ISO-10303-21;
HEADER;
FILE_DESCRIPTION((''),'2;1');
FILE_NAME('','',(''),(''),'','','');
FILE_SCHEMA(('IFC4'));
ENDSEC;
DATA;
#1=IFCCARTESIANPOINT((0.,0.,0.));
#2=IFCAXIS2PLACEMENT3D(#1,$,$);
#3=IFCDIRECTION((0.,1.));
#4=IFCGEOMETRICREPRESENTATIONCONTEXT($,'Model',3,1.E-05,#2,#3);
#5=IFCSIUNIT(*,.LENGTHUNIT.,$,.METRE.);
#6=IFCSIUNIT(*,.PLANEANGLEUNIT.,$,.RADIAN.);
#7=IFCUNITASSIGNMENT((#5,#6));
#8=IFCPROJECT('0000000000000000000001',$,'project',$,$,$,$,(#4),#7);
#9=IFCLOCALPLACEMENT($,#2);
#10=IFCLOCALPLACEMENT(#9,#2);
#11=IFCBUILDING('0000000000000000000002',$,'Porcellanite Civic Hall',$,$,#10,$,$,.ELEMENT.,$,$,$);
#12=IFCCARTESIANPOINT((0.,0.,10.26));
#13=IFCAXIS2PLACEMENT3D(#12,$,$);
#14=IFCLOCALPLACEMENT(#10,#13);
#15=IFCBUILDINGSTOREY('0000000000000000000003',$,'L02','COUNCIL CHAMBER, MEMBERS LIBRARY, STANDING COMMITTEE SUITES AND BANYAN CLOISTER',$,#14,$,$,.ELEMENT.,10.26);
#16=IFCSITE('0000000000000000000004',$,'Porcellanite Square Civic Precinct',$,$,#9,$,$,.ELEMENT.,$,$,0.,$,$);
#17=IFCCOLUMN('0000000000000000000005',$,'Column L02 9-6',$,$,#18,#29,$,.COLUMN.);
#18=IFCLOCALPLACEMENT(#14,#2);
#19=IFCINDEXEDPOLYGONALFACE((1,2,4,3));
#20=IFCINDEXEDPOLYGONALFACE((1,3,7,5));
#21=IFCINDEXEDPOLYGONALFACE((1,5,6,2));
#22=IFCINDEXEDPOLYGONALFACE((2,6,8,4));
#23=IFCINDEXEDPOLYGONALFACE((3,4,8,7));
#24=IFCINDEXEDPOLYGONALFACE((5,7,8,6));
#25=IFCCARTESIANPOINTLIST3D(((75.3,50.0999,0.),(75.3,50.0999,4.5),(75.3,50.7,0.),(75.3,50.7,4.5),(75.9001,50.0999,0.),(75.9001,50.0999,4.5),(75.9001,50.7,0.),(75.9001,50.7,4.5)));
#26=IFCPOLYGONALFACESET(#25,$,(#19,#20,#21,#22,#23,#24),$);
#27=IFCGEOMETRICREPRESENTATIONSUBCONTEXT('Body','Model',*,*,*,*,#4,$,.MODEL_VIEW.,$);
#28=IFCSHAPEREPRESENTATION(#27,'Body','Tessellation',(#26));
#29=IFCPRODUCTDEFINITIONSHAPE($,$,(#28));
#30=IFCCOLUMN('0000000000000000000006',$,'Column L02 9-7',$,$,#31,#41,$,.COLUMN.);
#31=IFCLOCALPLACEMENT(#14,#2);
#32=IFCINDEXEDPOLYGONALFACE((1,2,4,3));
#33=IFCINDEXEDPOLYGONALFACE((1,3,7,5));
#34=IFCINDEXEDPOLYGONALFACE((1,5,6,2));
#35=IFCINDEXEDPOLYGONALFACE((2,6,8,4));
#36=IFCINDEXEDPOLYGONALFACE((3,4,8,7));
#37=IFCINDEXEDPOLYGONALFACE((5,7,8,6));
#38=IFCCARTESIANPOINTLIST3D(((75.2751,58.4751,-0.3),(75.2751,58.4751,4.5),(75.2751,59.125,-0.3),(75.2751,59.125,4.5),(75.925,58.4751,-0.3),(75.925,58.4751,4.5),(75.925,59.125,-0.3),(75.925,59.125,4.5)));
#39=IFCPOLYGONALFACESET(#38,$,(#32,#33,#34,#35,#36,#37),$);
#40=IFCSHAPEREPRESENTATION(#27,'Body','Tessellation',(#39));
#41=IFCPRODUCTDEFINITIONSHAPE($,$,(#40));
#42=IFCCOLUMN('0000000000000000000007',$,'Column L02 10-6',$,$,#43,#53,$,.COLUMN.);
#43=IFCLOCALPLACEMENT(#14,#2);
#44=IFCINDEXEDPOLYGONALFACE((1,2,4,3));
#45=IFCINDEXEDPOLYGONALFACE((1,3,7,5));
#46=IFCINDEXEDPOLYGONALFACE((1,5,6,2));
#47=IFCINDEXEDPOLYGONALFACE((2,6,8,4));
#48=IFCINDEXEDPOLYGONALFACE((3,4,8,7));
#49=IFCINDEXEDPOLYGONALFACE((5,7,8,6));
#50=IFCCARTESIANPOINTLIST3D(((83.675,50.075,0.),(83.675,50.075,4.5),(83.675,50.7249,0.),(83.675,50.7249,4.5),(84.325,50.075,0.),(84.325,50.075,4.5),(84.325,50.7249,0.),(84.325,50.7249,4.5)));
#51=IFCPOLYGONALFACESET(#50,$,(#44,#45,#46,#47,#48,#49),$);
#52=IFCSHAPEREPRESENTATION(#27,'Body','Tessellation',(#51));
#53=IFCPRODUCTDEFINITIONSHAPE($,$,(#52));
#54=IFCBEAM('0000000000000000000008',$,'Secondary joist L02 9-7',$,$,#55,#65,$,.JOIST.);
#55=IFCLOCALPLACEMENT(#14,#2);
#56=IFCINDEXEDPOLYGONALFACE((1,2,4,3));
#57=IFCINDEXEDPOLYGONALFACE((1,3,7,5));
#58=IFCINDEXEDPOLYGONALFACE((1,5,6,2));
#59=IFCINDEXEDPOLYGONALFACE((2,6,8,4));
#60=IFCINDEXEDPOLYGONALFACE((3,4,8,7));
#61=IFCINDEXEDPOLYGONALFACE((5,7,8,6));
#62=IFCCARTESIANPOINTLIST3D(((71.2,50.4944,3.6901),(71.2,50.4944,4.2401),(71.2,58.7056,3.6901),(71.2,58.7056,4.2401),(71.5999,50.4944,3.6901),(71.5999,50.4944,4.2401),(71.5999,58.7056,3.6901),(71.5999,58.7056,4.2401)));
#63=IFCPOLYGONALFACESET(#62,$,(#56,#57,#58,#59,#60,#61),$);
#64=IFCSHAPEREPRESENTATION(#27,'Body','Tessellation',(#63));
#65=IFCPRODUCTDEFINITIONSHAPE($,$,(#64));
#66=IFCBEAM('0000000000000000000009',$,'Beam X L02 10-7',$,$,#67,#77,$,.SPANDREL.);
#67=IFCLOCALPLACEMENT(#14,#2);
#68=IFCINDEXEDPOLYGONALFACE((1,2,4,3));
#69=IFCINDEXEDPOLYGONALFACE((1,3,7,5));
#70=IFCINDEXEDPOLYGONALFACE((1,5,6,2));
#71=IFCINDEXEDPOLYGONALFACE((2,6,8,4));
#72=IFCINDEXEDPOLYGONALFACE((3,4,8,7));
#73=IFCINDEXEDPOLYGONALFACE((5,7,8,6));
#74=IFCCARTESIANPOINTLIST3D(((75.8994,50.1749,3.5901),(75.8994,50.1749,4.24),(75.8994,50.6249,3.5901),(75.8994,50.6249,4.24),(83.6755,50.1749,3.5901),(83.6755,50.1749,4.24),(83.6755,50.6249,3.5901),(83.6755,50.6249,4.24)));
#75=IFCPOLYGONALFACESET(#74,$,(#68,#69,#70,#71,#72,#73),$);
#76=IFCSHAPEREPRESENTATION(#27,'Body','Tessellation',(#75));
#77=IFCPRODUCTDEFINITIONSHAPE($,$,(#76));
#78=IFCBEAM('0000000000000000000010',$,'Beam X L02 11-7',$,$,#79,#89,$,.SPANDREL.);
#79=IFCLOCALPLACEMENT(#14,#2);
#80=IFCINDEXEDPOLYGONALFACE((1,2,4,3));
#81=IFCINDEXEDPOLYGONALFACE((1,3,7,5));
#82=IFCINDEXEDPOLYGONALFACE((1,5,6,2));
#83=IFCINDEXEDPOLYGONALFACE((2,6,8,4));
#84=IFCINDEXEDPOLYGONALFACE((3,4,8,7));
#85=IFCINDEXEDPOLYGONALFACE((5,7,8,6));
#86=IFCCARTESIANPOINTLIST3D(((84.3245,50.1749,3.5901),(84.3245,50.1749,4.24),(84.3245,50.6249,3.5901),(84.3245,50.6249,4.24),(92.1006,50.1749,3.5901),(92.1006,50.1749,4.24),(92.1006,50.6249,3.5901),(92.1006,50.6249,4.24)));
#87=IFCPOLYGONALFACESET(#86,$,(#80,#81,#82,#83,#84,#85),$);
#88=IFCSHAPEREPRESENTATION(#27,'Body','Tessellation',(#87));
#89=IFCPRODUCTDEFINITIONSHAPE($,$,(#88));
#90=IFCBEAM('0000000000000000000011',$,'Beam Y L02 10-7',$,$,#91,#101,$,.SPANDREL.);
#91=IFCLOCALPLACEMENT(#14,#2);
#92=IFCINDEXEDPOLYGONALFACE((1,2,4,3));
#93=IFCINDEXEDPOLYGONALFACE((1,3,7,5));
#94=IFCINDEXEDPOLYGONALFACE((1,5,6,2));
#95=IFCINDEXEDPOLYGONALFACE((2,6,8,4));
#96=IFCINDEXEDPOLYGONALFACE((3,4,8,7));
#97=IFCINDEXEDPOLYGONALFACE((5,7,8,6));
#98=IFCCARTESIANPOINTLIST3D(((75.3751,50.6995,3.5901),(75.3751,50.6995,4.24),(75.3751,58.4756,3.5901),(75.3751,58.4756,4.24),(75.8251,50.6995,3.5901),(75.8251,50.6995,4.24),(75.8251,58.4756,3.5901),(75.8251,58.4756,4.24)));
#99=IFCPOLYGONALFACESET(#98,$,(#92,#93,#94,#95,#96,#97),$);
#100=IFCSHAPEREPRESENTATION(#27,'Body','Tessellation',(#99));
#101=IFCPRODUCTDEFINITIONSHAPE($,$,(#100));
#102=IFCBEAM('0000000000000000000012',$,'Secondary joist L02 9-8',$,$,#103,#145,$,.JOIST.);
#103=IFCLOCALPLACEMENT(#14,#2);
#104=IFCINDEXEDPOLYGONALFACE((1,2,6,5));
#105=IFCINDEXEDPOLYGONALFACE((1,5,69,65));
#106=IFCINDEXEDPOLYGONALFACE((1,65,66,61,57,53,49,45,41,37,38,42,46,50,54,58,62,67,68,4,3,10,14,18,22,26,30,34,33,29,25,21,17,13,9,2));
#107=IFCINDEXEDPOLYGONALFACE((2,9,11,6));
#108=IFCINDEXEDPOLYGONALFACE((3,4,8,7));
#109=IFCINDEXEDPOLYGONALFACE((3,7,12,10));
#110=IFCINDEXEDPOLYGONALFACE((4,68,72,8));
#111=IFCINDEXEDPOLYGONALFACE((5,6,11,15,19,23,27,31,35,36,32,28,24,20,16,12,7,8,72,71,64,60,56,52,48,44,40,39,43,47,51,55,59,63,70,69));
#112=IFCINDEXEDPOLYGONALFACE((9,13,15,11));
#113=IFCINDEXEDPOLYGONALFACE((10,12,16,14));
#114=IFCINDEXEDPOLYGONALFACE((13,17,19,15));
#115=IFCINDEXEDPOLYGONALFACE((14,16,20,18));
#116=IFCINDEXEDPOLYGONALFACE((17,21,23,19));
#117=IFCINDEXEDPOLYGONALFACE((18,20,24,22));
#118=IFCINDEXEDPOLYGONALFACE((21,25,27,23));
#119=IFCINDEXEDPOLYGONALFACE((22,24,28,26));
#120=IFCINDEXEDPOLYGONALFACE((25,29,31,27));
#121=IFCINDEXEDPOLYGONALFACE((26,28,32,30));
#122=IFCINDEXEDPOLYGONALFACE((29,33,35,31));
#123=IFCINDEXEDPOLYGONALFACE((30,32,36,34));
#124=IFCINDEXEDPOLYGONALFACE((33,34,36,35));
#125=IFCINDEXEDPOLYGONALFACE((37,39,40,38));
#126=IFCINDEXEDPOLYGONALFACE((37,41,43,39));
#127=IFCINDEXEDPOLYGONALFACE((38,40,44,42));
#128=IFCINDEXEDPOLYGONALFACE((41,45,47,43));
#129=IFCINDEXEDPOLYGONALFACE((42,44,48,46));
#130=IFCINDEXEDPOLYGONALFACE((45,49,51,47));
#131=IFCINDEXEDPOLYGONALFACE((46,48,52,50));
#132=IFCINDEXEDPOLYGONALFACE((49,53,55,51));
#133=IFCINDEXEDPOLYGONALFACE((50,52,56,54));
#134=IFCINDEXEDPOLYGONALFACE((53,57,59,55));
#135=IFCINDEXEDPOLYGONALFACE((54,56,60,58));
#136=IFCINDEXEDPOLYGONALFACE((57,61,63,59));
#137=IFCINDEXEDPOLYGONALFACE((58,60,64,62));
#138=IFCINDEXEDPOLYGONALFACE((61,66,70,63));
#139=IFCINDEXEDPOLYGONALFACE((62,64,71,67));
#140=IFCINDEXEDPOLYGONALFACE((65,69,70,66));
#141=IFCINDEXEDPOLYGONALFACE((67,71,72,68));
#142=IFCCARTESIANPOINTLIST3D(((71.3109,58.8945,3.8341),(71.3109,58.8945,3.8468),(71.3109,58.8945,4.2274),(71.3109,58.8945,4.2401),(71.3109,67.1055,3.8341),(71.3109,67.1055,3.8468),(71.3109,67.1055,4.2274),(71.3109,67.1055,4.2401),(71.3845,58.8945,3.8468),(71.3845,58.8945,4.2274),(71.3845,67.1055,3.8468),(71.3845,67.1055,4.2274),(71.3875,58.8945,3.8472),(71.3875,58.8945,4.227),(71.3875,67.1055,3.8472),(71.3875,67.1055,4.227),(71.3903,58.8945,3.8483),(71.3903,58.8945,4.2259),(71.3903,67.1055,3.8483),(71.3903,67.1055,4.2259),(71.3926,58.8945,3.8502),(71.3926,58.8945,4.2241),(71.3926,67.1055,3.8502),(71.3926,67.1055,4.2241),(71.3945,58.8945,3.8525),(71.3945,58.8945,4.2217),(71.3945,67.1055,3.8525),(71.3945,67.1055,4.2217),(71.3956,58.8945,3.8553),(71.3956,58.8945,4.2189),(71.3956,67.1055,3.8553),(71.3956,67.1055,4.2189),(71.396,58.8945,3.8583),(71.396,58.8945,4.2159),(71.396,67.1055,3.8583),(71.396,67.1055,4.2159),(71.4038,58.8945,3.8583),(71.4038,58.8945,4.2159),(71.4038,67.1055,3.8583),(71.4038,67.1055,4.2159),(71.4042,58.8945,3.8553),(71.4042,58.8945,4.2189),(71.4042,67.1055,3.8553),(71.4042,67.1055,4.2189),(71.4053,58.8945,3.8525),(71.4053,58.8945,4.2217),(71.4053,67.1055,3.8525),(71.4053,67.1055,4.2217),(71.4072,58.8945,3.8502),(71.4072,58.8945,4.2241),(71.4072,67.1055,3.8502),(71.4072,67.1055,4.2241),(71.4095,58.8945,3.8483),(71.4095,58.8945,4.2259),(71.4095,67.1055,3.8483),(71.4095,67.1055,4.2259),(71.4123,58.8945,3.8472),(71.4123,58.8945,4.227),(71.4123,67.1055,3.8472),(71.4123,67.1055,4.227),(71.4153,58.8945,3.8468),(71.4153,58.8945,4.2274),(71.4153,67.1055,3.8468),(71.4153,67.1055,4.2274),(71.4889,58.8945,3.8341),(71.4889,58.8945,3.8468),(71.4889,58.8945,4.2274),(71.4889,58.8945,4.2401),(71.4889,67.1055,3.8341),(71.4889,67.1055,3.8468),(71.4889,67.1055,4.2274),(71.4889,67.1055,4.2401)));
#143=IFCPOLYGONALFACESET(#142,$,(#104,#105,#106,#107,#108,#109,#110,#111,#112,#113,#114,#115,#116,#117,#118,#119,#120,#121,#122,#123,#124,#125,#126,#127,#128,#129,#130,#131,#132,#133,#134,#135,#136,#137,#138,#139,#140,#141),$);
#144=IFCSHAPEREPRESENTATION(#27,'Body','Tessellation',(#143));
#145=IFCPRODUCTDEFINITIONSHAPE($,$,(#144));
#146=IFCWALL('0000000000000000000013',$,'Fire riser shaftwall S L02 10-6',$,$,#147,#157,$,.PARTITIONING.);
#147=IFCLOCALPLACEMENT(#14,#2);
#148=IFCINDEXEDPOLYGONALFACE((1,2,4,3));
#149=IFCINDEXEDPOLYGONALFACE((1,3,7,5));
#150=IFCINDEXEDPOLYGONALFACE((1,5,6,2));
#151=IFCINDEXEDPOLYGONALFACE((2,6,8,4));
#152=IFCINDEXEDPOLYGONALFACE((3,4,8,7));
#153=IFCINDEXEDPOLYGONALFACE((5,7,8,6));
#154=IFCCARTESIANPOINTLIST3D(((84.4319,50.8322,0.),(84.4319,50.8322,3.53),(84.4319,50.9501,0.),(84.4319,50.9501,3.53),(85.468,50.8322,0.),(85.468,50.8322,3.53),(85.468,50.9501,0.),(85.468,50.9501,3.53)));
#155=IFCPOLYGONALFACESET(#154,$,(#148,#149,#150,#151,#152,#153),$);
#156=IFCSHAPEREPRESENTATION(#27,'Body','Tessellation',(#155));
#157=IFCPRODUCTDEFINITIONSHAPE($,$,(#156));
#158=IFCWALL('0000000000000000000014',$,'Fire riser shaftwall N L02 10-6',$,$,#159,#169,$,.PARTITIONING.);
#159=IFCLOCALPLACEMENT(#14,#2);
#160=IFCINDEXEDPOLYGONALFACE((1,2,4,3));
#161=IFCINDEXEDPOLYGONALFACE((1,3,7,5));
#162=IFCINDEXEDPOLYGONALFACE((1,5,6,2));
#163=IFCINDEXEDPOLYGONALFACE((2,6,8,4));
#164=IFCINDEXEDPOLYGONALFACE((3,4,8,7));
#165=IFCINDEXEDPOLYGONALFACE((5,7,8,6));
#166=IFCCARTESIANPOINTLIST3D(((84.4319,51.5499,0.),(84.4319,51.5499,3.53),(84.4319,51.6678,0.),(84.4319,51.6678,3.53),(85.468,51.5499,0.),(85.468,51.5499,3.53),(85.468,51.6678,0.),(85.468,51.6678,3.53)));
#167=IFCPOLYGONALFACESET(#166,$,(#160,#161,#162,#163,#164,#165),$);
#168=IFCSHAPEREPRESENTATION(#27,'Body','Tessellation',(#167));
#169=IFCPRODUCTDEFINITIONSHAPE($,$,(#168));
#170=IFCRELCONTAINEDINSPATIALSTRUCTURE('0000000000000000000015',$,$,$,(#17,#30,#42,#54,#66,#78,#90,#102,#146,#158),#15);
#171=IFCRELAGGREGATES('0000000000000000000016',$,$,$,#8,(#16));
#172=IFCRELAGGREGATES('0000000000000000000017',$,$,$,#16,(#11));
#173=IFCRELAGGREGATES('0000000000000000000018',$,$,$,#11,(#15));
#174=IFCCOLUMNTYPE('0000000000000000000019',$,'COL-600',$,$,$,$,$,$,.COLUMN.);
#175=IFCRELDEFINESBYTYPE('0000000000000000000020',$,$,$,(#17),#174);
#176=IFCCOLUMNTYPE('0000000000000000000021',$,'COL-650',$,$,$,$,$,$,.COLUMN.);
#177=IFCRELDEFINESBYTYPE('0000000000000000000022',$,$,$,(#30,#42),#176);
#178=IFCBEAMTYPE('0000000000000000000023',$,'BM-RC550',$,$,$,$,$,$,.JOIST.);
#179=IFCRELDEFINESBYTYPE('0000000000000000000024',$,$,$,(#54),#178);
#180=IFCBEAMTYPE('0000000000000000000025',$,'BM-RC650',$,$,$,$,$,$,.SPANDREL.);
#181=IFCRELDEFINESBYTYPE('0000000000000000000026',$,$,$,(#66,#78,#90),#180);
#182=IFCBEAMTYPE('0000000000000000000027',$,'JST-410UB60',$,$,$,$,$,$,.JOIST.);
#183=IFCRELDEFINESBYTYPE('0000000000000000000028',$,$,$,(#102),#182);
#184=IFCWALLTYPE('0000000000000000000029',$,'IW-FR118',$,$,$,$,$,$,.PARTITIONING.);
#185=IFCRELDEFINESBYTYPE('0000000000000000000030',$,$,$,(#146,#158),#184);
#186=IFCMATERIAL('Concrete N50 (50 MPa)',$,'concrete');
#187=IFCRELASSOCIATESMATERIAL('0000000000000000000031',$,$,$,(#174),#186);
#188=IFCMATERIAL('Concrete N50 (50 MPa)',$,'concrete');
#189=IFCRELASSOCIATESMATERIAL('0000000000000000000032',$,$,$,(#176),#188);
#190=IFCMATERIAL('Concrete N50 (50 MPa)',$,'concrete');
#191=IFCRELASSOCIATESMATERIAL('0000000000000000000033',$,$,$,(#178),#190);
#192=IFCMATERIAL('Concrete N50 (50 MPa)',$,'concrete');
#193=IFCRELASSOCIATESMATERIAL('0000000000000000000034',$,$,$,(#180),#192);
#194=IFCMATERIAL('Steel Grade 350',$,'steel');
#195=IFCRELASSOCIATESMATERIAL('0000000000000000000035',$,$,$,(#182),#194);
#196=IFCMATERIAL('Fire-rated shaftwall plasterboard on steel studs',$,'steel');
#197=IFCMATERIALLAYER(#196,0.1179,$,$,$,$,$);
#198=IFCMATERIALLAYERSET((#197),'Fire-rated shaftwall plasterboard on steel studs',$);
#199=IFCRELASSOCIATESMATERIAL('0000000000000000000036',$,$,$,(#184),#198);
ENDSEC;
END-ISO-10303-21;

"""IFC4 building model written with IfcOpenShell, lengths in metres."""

from ifc_helpers import new_model, si_unit, direction, frame, frame_2d, origin, origin_2d, place, context, subcontext, project, spatial, rectangle, i_section, extrude, material, layer, layer_set, material_profile, profile_set, type_object, element, save


model = new_model("IFC4")

# Units and contexts
model_context = context("Model", 3, precision=1e-05, world=origin(), true_north=direction((0.0, 1.0)))
body_context = subcontext(model_context, "Body", "Model", "MODEL_VIEW")
ifc_project = project(units=[si_unit("LENGTHUNIT", "METRE"), si_unit("PLANEANGLEUNIT", "RADIAN")], contexts=[model_context])

# Site, building, storey
site_placement = place(None, origin())
site = spatial("IfcSite", under=ifc_project, at=site_placement, Name="Porcellanite Square Civic Precinct", CompositionType="ELEMENT", RefElevation=0.0)
building_placement = place(site_placement, origin())
building = spatial("IfcBuilding", under=site, at=building_placement, Name="Porcellanite Civic Hall", CompositionType="ELEMENT")
storey_placement = place(building_placement, frame((0.0, 0.0, 10.26)))
storey = spatial("IfcBuildingStorey", under=building, at=storey_placement, Name="L02", Description="COUNCIL CHAMBER, MEMBERS LIBRARY, STANDING COMMITTEE SUITES AND BANYAN CLOISTER", CompositionType="ELEMENT", Elevation=10.26)

# Columns
ifc_material_1 = material(Name="Concrete N50 (50 MPa)", Category="concrete")
ifc_material_profile_1 = material_profile(ifc_material_1, rectangle(XDim=0.6001, YDim=0.6001, at=origin_2d()), Name="RC-600x600")
ifc_profile_set_1 = profile_set([ifc_material_profile_1], Name="Concrete N50 (50 MPa)")
column_type_1 = type_object("IfcColumnType", Name="COL-600", PredefinedType="COLUMN", material=ifc_profile_set_1)
column_1_placement = place(storey_placement, frame((75.6001, 50.3999, 0.0), z_axis=(0.0, 0.0, 1.0), x_axis=(1.0, 0.0, 0.0)))
element("IfcColumn", 1, at=column_1_placement, inside=storey, type_object=column_type_1, Name="Column L02 9-6", PredefinedType="COLUMN", context=body_context, shape_type="SweptSolid", body=[
    extrude(rectangle(XDim=0.6001, YDim=0.6001, at=origin_2d()), origin(), (0.0, 0.0, 1.0), 4.5),
])
ifc_material_2 = material(Name="Concrete N50 (50 MPa)", Category="concrete")
ifc_material_profile_2 = material_profile(ifc_material_2, rectangle(XDim=0.6499, YDim=0.6499, at=origin_2d()), Name="RC-650x650")
ifc_profile_set_2 = profile_set([ifc_material_profile_2], Name="Concrete N50 (50 MPa)")
column_type_2 = type_object("IfcColumnType", Name="COL-650", PredefinedType="COLUMN", material=ifc_profile_set_2)
column_2_placement = place(storey_placement, frame((75.6001, 58.8, -0.3), z_axis=(0.0, 0.0, 1.0), x_axis=(1.0, 0.0, 0.0)))
element("IfcColumn", 2, at=column_2_placement, inside=storey, type_object=column_type_2, Name="Column L02 9-7", PredefinedType="COLUMN", context=body_context, shape_type="SweptSolid", body=[
    extrude(rectangle(XDim=0.6499, YDim=0.6499, at=origin_2d()), origin(), (0.0, 0.0, 1.0), 4.8),
])
column_3_placement = place(storey_placement, frame((84.0, 50.3999, 0.0), z_axis=(0.0, 0.0, 1.0), x_axis=(1.0, 0.0, 0.0)))
element("IfcColumn", 3, at=column_3_placement, inside=storey, type_object=column_type_2, Name="Column L02 10-6", PredefinedType="COLUMN", context=body_context, shape_type="SweptSolid", body=[
    extrude(rectangle(XDim=0.6499, YDim=0.6499, at=origin_2d()), origin(), (0.0, 0.0, 1.0), 4.5),
])

# Beams
ifc_material_3 = material(Name="Concrete N50 (50 MPa)", Category="concrete")
ifc_material_profile_3 = material_profile(ifc_material_3, rectangle(XDim=0.3999, YDim=0.55, at=origin_2d()), Name="RC-400x550")
ifc_profile_set_3 = profile_set([ifc_material_profile_3], Name="Concrete N50 (50 MPa)")
beam_type_1 = type_object("IfcBeamType", Name="BM-RC550", PredefinedType="JOIST", material=ifc_profile_set_3)
beam_1_placement = place(storey_placement, frame((71.3999, 50.4944, 3.9651), z_axis=(0.0, 1.0, 0.0), x_axis=(-1.0, 0.0, 0.0)))
element("IfcBeam", 4, at=beam_1_placement, inside=storey, type_object=beam_type_1, Name="Secondary joist L02 9-7", PredefinedType="JOIST", context=body_context, shape_type="SweptSolid", body=[
    extrude(rectangle(XDim=0.3999, YDim=0.55, at=origin_2d()), origin(), (0.0, 0.0, 1.0), 8.2112),
])
ifc_material_4 = material(Name="Concrete N50 (50 MPa)", Category="concrete")
ifc_material_profile_4 = material_profile(ifc_material_4, rectangle(XDim=0.45, YDim=0.6499, at=origin_2d()), Name="RC-450x650")
ifc_profile_set_4 = profile_set([ifc_material_profile_4], Name="Concrete N50 (50 MPa)")
beam_type_2 = type_object("IfcBeamType", Name="BM-RC650", PredefinedType="SPANDREL", material=ifc_profile_set_4)
for number, where, z_axis, x_axis, name in (
    (5, (75.8994, 50.3999, 3.915), (1.0, 0.0, 0.0), (0.0, 1.0, 0.0), "Beam X L02 10-7"),
    (6, (84.3245, 50.3999, 3.915), (1.0, 0.0, 0.0), (0.0, 1.0, 0.0), "Beam X L02 11-7"),
    (7, (75.6001, 50.6995, 3.915), (0.0, 1.0, 0.0), (-1.0, 0.0, 0.0), "Beam Y L02 10-7"),
):
    element("IfcBeam", number, at=place(storey_placement, frame(where, z_axis=z_axis, x_axis=x_axis)), inside=storey, type_object=beam_type_2, Name=name, PredefinedType="SPANDREL", context=body_context, shape_type="SweptSolid", body=[
        extrude(rectangle(XDim=0.45, YDim=0.6499, at=origin_2d()), origin(), (0.0, 0.0, 1.0), 7.7761),
    ])
ifc_material_5 = material(Name="Steel Grade 350", Category="steel")
ifc_material_profile_5 = material_profile(ifc_material_5, i_section(OverallWidth=0.178, OverallDepth=0.406, WebThickness=0.0078, FlangeThickness=0.0127, FilletRadius=0.0115, at=origin_2d()), Name="410UB59.7")
ifc_profile_set_5 = profile_set([ifc_material_profile_5], Name="Steel Grade 350")
beam_type_3 = type_object("IfcBeamType", Name="JST-410UB60", PredefinedType="JOIST", material=ifc_profile_set_5)
beam_2_placement = place(storey_placement, frame((71.3999, 58.8945, 4.0371), z_axis=(0.0, 1.0, 0.0), x_axis=(-1.0, 0.0, 0.0)))
element("IfcBeam", 8, at=beam_2_placement, inside=storey, type_object=beam_type_3, Name="Secondary joist L02 9-8", PredefinedType="JOIST", context=body_context, shape_type="SweptSolid", body=[
    extrude(i_section(OverallWidth=0.178, OverallDepth=0.406, WebThickness=0.0078, FlangeThickness=0.0127, FilletRadius=0.0115, at=origin_2d()), origin(), (0.0, 0.0, 1.0), 8.2109),
])

# Walls
ifc_material_6 = material(Name="Fire-rated shaftwall plasterboard on steel studs", Category="steel")
ifc_layer_1 = layer(ifc_material_6, 0.1179)
ifc_layer_set_1 = layer_set([ifc_layer_1], Name="Fire-rated shaftwall plasterboard on steel studs")
wall_type_1 = type_object("IfcWallType", Name="IW-FR118", PredefinedType="PARTITIONING", material=ifc_layer_set_1)
for number, where, z_axis, x_axis, name in (
    (9, (84.4319, 50.8911, 0.0), (0.0, 0.0, 1.0), (1.0, 0.0, 0.0), "Fire riser shaftwall S L02 10-6"),
    (10, (84.4319, 51.6089, 0.0), (0.0, 0.0, 1.0), (1.0, 0.0, 0.0), "Fire riser shaftwall N L02 10-6"),
):
    element("IfcWall", number, at=place(storey_placement, frame(where, z_axis=z_axis, x_axis=x_axis)), inside=storey, type_object=wall_type_1, Name=name, PredefinedType="PARTITIONING", context=body_context, shape_type="SweptSolid", body=[
        extrude(rectangle(XDim=1.0361, YDim=0.1179, at=frame_2d((0.5181, 0.0))), origin(), (0.0, 0.0, 1.0), 3.53),
    ])

save(model, "model.ifc")
